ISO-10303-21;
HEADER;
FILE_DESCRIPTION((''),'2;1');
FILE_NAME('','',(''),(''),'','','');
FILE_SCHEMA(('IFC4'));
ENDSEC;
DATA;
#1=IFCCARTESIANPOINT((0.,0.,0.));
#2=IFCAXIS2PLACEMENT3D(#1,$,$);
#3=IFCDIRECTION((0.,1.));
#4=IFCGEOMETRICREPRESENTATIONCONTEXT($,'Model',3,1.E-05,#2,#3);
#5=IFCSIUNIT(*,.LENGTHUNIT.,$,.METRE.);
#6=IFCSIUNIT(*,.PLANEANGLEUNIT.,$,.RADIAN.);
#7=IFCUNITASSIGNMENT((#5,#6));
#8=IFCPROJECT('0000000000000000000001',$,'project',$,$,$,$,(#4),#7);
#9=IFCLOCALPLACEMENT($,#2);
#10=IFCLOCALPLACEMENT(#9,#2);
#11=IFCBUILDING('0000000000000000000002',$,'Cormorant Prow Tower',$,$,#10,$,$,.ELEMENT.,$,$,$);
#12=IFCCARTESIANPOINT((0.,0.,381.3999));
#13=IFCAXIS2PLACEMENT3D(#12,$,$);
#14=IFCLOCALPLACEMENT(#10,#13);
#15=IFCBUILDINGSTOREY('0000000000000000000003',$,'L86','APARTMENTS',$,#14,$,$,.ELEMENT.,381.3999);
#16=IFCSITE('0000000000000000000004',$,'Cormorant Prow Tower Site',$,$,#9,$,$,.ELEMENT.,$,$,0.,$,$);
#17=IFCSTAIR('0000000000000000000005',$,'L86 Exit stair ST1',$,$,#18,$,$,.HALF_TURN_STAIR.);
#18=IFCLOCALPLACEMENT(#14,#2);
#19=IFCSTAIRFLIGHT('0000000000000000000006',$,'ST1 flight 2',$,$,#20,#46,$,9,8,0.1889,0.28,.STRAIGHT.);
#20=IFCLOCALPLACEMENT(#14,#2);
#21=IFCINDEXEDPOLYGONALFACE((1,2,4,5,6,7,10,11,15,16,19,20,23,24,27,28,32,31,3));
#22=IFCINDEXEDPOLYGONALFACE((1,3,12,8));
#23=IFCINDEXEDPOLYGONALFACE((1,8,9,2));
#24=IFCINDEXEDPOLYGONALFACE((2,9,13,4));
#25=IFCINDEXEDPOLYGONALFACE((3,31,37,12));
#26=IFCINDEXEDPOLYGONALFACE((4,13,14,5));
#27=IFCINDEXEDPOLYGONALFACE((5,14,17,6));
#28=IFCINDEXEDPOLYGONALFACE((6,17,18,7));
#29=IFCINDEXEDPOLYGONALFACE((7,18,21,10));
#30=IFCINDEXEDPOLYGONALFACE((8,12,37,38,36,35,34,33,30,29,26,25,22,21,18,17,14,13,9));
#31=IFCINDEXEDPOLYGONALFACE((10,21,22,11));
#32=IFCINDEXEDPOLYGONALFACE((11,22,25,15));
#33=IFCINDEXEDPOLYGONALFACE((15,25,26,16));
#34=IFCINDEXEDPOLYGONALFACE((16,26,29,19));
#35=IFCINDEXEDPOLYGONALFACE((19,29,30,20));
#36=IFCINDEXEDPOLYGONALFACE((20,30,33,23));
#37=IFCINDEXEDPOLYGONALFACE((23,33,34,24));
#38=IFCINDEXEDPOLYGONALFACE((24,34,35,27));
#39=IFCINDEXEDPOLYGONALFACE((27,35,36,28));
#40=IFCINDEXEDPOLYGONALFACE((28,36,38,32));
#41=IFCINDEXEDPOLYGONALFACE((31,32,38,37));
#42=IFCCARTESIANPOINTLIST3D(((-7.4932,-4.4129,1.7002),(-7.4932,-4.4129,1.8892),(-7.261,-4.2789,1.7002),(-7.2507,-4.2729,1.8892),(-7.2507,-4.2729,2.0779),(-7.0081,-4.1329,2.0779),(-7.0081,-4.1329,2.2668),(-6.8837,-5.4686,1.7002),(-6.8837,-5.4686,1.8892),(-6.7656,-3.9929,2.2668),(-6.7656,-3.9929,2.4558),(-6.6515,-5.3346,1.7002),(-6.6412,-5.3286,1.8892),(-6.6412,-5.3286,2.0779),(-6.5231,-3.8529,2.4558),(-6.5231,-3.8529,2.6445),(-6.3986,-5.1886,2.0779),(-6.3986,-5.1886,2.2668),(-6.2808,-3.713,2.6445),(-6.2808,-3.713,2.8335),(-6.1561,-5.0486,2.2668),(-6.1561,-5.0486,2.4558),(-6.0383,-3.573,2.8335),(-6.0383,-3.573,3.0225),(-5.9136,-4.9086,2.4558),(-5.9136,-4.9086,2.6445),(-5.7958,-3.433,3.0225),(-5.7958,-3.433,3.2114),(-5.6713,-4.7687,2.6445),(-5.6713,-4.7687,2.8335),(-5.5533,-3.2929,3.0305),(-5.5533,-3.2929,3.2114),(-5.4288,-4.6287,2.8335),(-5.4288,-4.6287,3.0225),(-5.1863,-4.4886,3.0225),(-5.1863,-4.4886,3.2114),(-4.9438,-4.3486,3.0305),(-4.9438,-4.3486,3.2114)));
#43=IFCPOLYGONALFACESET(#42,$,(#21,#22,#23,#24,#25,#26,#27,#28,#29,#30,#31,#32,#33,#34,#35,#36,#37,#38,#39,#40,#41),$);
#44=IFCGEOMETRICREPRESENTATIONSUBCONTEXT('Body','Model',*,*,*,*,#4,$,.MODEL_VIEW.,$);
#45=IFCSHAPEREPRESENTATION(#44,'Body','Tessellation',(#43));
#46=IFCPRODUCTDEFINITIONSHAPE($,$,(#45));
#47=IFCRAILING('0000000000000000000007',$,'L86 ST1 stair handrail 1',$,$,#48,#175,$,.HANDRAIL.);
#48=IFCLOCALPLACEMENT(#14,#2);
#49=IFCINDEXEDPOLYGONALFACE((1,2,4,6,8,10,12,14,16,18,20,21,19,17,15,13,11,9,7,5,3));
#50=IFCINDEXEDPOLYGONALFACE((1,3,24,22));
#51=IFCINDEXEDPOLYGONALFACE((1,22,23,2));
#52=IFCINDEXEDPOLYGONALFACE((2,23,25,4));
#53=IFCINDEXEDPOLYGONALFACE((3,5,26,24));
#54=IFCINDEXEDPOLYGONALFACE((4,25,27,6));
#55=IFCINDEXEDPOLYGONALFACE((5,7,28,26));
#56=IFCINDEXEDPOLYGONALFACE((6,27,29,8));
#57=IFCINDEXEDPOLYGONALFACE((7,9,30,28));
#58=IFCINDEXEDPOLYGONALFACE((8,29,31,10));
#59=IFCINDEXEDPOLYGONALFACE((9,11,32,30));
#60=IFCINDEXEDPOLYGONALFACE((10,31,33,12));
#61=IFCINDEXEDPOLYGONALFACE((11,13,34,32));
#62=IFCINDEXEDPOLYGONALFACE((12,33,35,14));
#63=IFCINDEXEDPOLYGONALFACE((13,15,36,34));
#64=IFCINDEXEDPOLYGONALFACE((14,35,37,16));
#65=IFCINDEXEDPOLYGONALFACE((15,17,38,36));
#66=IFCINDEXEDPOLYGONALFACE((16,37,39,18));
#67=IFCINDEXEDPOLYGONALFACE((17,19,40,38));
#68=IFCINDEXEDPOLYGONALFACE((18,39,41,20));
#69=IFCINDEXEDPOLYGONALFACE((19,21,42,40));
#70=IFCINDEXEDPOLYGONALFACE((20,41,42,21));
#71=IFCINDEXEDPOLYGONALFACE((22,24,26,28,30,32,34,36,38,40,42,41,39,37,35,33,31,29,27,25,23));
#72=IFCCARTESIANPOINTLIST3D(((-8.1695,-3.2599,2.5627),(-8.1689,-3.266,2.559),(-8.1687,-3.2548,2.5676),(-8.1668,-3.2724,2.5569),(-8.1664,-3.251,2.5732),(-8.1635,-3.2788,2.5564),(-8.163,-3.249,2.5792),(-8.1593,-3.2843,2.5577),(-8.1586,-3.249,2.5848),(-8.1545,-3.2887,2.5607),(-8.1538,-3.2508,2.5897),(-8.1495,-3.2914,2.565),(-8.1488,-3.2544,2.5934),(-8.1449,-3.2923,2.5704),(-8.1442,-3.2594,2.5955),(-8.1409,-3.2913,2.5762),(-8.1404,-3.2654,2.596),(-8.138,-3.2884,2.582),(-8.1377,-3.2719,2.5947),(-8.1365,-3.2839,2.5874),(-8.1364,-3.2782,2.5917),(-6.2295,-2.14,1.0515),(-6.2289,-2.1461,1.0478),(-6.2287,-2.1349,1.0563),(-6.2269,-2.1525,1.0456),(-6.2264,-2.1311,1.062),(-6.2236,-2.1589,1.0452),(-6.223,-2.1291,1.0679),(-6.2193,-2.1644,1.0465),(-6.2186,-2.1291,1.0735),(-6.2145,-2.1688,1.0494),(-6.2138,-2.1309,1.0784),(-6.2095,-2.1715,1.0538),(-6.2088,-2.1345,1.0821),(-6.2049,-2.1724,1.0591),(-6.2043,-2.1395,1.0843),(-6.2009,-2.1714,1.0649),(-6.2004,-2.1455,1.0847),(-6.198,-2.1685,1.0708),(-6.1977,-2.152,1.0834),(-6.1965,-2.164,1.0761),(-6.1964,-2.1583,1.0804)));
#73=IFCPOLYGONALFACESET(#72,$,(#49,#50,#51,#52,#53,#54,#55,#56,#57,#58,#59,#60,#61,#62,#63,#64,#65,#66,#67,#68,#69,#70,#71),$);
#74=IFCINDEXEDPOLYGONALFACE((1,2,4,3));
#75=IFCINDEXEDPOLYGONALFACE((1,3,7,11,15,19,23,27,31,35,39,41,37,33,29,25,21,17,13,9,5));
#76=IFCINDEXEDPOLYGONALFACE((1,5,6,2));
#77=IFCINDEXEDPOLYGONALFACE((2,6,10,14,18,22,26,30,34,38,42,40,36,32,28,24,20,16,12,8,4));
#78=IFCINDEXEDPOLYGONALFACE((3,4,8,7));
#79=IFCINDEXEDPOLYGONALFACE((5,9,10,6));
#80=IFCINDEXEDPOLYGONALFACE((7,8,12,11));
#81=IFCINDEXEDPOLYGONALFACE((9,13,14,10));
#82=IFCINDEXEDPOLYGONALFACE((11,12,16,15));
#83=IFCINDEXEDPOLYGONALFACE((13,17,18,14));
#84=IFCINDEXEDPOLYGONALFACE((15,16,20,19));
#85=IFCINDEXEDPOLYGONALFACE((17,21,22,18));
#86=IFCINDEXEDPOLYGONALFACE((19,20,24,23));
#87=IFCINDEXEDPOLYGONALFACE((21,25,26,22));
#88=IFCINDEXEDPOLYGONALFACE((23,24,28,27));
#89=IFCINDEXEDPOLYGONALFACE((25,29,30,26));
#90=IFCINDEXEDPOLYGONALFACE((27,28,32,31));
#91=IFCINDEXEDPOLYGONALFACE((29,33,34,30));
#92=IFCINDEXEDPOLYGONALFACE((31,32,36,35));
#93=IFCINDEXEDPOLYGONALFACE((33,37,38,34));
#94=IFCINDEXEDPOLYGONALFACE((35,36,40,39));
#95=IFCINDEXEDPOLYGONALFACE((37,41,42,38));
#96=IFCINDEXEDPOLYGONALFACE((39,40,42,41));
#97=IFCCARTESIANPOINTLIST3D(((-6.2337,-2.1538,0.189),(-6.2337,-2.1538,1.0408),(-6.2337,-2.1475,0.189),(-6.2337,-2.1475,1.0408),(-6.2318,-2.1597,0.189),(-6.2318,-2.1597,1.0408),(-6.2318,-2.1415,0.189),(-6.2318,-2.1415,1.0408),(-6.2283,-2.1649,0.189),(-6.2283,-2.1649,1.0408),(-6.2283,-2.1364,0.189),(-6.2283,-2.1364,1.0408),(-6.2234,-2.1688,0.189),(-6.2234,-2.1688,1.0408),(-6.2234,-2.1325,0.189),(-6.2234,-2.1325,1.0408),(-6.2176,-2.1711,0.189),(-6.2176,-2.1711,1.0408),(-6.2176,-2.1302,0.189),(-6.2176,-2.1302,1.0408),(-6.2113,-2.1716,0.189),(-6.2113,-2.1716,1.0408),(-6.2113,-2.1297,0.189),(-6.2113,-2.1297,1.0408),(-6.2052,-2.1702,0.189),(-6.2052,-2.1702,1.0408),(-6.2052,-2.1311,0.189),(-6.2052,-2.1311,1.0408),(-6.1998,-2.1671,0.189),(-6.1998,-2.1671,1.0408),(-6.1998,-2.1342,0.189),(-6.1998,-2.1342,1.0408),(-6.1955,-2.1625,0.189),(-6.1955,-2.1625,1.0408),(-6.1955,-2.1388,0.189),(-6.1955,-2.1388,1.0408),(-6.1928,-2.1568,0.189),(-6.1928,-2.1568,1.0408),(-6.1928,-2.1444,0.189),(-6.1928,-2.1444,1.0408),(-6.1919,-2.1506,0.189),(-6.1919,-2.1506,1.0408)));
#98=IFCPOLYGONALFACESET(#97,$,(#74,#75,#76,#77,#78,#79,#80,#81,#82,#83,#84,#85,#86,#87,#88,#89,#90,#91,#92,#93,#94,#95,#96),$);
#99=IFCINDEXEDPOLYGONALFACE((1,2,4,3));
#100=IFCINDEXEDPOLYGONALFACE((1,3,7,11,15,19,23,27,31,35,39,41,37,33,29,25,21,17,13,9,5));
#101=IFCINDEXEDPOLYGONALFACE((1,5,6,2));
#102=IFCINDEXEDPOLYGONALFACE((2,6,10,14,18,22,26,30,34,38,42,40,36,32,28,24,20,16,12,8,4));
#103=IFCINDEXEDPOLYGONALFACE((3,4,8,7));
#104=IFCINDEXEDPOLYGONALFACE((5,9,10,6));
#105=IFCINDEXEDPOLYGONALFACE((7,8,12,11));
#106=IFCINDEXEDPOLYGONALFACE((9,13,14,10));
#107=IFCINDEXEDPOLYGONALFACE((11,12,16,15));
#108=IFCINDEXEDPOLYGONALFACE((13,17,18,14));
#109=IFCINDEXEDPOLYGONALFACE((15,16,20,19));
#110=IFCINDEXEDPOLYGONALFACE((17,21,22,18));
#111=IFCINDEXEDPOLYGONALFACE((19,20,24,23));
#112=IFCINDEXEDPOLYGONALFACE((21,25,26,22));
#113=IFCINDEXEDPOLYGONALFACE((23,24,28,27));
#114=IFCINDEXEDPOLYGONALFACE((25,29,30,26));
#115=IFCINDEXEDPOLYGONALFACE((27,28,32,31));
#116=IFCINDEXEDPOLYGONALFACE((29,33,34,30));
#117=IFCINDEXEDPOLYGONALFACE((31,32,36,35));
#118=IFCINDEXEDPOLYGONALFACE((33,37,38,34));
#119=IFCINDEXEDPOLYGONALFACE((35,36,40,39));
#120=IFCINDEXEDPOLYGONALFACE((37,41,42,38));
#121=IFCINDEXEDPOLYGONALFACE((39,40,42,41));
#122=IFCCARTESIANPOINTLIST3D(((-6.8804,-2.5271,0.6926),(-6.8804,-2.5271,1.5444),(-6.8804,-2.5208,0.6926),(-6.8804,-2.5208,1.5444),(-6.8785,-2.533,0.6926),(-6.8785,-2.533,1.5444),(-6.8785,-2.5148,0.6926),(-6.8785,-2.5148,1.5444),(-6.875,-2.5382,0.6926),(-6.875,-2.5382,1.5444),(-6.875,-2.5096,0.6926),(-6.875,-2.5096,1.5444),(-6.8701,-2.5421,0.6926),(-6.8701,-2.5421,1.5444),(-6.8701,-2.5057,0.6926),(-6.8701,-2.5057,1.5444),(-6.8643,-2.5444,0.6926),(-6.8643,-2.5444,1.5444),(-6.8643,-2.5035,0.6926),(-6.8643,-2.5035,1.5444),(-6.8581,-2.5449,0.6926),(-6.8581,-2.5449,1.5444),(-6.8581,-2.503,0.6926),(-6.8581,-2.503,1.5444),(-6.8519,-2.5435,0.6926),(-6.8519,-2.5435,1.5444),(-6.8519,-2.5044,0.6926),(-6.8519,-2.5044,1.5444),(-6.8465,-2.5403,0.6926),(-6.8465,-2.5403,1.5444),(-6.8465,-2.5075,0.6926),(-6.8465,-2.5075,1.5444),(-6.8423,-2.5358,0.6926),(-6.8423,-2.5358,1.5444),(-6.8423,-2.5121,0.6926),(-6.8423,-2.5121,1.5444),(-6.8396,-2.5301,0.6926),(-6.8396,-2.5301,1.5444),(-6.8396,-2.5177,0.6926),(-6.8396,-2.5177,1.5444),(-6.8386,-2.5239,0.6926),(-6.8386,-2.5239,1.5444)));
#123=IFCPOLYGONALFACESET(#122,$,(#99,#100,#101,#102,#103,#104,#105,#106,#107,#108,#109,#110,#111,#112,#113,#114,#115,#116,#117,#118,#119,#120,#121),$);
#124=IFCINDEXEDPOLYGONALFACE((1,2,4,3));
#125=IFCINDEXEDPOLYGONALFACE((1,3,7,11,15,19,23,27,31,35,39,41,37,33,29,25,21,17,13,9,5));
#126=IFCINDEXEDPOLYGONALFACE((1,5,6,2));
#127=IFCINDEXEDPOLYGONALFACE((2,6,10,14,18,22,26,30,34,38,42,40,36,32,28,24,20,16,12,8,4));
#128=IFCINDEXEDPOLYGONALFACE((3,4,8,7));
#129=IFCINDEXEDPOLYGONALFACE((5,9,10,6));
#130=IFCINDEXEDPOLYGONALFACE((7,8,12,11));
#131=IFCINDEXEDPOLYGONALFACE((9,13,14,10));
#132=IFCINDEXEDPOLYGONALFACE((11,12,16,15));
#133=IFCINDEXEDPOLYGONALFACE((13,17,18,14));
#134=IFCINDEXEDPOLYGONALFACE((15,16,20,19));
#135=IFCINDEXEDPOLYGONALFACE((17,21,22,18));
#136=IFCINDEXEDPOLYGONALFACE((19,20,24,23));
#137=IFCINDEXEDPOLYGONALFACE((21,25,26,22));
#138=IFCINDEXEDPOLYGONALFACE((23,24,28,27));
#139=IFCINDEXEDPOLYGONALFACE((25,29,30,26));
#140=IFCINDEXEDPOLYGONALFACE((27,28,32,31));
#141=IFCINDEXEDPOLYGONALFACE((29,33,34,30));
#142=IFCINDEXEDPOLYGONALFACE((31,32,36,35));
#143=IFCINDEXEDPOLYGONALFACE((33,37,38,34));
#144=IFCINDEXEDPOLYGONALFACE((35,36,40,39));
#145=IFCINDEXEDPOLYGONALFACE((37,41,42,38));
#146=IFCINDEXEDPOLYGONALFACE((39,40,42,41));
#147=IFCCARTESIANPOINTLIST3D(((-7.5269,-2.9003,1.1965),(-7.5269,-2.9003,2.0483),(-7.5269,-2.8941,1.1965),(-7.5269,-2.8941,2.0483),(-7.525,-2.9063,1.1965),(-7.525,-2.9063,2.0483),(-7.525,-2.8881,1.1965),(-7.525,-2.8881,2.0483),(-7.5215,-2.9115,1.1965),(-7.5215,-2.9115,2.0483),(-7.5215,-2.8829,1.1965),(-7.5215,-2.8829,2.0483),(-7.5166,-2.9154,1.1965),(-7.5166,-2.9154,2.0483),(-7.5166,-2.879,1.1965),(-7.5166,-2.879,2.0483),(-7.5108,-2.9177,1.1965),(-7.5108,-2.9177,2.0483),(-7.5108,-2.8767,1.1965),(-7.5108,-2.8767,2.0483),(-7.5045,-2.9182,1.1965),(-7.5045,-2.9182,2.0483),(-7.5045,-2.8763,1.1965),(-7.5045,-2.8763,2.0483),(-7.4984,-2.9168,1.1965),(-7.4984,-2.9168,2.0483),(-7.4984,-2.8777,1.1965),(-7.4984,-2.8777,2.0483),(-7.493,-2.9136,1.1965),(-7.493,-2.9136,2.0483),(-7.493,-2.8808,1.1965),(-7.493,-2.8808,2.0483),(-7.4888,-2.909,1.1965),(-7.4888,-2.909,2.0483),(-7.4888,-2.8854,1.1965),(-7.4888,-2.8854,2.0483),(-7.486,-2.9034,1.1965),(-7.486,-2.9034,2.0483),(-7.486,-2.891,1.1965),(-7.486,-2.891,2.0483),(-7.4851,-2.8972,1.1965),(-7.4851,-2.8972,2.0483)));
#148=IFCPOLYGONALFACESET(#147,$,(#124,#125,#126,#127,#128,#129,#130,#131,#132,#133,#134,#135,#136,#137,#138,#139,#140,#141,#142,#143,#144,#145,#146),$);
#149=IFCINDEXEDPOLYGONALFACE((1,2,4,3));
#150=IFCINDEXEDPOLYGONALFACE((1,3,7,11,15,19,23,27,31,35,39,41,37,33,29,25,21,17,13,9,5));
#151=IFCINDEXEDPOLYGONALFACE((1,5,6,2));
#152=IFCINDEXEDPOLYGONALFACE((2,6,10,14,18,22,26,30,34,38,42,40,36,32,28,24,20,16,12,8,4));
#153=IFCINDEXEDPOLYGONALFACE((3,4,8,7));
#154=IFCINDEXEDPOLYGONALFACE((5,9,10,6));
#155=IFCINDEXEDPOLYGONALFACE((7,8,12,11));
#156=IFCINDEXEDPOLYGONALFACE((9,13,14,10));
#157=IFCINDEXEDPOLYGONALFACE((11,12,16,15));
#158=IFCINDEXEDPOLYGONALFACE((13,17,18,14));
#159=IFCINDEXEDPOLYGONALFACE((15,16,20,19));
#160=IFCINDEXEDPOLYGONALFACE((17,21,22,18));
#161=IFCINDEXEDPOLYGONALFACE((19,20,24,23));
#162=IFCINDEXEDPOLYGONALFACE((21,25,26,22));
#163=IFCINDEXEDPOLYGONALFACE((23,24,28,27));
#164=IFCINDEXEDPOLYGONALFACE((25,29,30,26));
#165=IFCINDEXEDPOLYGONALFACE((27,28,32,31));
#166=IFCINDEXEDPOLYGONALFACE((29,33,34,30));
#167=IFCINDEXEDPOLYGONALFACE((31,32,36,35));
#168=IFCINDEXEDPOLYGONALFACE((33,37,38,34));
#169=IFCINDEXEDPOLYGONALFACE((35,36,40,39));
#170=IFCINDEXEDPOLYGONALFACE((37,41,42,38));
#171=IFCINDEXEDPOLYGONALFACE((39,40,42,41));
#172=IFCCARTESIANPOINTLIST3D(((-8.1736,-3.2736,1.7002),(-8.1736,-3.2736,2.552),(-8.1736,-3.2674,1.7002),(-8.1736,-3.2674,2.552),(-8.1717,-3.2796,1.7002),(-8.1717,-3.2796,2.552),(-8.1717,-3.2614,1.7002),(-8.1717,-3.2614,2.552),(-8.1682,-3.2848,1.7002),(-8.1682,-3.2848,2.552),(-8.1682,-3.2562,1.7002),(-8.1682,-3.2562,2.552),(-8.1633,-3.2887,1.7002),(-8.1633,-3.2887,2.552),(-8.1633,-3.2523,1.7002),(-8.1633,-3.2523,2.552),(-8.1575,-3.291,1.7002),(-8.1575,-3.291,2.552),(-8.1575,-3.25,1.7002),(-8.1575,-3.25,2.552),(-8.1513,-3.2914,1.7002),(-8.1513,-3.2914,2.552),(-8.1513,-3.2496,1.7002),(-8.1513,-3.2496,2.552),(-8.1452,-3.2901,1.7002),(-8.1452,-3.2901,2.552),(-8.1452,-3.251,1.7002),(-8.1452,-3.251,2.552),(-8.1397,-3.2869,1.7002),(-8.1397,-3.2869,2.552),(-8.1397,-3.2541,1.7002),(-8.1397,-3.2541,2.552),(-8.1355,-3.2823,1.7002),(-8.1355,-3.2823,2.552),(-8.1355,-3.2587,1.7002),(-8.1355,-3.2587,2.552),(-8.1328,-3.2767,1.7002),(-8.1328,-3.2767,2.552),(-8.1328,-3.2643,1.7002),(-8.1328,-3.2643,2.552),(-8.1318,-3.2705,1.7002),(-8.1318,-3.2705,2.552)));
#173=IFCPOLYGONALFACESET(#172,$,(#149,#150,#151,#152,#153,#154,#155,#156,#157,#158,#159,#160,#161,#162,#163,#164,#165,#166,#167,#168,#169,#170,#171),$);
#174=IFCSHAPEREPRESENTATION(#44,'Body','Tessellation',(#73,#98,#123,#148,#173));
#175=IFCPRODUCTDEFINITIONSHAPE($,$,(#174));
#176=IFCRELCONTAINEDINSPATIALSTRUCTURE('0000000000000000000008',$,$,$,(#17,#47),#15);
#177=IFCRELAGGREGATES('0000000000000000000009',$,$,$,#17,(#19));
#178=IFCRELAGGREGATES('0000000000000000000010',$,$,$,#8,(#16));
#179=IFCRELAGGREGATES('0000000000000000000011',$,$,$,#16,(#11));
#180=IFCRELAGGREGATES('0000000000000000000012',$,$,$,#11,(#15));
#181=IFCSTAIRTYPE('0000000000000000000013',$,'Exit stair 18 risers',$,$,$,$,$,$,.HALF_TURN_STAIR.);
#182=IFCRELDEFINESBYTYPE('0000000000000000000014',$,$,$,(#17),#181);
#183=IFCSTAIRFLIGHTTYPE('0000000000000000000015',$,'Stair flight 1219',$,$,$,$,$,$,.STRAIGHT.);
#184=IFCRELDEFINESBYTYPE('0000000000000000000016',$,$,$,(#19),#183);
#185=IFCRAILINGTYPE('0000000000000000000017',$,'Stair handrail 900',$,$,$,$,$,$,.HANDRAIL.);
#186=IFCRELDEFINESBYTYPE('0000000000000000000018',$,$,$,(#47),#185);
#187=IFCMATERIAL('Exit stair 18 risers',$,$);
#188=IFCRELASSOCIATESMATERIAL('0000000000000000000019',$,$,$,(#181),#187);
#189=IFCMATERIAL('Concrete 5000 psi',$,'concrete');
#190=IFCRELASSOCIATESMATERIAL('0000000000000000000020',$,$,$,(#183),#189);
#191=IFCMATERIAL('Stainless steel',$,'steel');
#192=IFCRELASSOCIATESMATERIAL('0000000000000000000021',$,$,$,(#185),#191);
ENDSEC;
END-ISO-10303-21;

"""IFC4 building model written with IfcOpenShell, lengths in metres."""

from ifc_helpers import new_model, si_unit, direction, frame, origin, origin_2d, place, context, subcontext, project, spatial, polyline, circle, outline, extrude, material, type_object, element, aggregate, save


model = new_model("IFC4")

# Units and contexts
model_context = context("Model", 3, precision=1e-05, world=origin(), true_north=direction((0.0, 1.0)))
body_context = subcontext(model_context, "Body", "Model", "MODEL_VIEW")
ifc_project = project(units=[si_unit("LENGTHUNIT", "METRE"), si_unit("PLANEANGLEUNIT", "RADIAN")], contexts=[model_context])

# Site, building, storey
site_placement = place(None, origin())
site = spatial("IfcSite", under=ifc_project, at=site_placement, Name="Cormorant Prow Tower Site", CompositionType="ELEMENT", RefElevation=0.0)
building_placement = place(site_placement, origin())
building = spatial("IfcBuilding", under=site, at=building_placement, Name="Cormorant Prow Tower", CompositionType="ELEMENT")
storey_placement = place(building_placement, frame((0.0, 0.0, 381.3999)))
storey = spatial("IfcBuildingStorey", under=building, at=storey_placement, Name="L86", Description="APARTMENTS", CompositionType="ELEMENT", Elevation=381.3999)

# Stair, stair flight
ifc_material_1 = material(Name="Exit stair 18 risers")
stair_type = type_object("IfcStairType", Name="Exit stair 18 risers", PredefinedType="HALF_TURN_STAIR", material=ifc_material_1)
stair_placement = place(storey_placement, origin())
stair = element("IfcStair", 1, at=stair_placement, inside=storey, type_object=stair_type, Name="L86 Exit stair ST1", PredefinedType="HALF_TURN_STAIR")
ifc_material_2 = material(Name="Concrete 5000 psi", Category="concrete")
stair_flight_type = type_object("IfcStairFlightType", Name="Stair flight 1219", PredefinedType="STRAIGHT", material=ifc_material_2)
stair_flight_1_placement = place(storey_placement, frame((-7.1885, -4.9407, 1.7002), z_axis=(0.0, 0.0, 1.0), x_axis=(0.866025, 0.5, 0.0)))
stair_flight_1 = element("IfcStairFlight", 2, at=stair_flight_1_placement, type_object=stair_flight_type, Name="ST1 flight 2", NumberOfRisers=9, NumberOfTreads=8, PredefinedType="STRAIGHT", RiserHeight=0.1889, TreadLength=0.28, context=body_context, shape_type="SweptSolid", body=[
    extrude(outline(polyline([(0.0, 0.0), (0.0, 0.189), (0.28, 0.189), (0.28, 0.3777), (0.5601, 0.3777), (0.5601, 0.5667), (0.8401, 0.5667), (0.8401, 0.7556), (1.1201, 0.7556), (1.1201, 0.9443), (1.3999, 0.9443), (1.3999, 1.1333), (1.6799, 1.1333), (1.6799, 1.3223), (1.96, 1.3223), (1.96, 1.5112), (2.24, 1.5112), (2.24, 1.7), (2.24, 1.3303), (0.2681, 0.0), (0.0, 0.0)])), frame((0.0, 0.6094, 0.0), z_axis=(0.0, -1.0, 0.0), x_axis=(1.0, 0.0, 0.0)), (0.0, 0.0, 1.0), 1.219),
])
aggregate(stair, [stair_flight_1])

# Railing
ifc_material_3 = material(Name="Stainless steel", Category="steel")
railing_type_1 = type_object("IfcRailingType", Name="Stair handrail 900", PredefinedType="HANDRAIL", material=ifc_material_3)
railing_1_placement = place(storey_placement, frame((-6.2129, -2.1506, 0.189)))
element("IfcRailing", 3, at=railing_1_placement, inside=storey, type_object=railing_type_1, Name="L86 ST1 stair handrail 1", PredefinedType="HANDRAIL", context=body_context, shape_type="SweptSolid", body=[
    extrude(circle(Radius=0.0239, at=origin_2d()), frame((0.0, 0.0, 0.876), z_axis=(-0.71794, -0.414447, 0.559281), x_axis=(0.499949, -0.866055, 0.0)), (0.0, 0.0, 1.0), 2.7021),
    extrude(circle(Radius=0.021, at=origin_2d()), origin(), (0.0, 0.0, 1.0), 0.8518),
    extrude(circle(Radius=0.021, at=origin_2d()), frame((-0.6467, -0.3733, 0.5037)), (0.0, 0.0, 1.0), 0.8518),
    extrude(circle(Radius=0.021, at=origin_2d()), frame((-1.2932, -0.7466, 1.0076)), (0.0, 0.0, 1.0), 0.8518),
    extrude(circle(Radius=0.021, at=origin_2d()), frame((-1.9399, -1.1199, 1.5112)), (0.0, 0.0, 1.0), 0.8518),
])

save(model, "model.ifc")
